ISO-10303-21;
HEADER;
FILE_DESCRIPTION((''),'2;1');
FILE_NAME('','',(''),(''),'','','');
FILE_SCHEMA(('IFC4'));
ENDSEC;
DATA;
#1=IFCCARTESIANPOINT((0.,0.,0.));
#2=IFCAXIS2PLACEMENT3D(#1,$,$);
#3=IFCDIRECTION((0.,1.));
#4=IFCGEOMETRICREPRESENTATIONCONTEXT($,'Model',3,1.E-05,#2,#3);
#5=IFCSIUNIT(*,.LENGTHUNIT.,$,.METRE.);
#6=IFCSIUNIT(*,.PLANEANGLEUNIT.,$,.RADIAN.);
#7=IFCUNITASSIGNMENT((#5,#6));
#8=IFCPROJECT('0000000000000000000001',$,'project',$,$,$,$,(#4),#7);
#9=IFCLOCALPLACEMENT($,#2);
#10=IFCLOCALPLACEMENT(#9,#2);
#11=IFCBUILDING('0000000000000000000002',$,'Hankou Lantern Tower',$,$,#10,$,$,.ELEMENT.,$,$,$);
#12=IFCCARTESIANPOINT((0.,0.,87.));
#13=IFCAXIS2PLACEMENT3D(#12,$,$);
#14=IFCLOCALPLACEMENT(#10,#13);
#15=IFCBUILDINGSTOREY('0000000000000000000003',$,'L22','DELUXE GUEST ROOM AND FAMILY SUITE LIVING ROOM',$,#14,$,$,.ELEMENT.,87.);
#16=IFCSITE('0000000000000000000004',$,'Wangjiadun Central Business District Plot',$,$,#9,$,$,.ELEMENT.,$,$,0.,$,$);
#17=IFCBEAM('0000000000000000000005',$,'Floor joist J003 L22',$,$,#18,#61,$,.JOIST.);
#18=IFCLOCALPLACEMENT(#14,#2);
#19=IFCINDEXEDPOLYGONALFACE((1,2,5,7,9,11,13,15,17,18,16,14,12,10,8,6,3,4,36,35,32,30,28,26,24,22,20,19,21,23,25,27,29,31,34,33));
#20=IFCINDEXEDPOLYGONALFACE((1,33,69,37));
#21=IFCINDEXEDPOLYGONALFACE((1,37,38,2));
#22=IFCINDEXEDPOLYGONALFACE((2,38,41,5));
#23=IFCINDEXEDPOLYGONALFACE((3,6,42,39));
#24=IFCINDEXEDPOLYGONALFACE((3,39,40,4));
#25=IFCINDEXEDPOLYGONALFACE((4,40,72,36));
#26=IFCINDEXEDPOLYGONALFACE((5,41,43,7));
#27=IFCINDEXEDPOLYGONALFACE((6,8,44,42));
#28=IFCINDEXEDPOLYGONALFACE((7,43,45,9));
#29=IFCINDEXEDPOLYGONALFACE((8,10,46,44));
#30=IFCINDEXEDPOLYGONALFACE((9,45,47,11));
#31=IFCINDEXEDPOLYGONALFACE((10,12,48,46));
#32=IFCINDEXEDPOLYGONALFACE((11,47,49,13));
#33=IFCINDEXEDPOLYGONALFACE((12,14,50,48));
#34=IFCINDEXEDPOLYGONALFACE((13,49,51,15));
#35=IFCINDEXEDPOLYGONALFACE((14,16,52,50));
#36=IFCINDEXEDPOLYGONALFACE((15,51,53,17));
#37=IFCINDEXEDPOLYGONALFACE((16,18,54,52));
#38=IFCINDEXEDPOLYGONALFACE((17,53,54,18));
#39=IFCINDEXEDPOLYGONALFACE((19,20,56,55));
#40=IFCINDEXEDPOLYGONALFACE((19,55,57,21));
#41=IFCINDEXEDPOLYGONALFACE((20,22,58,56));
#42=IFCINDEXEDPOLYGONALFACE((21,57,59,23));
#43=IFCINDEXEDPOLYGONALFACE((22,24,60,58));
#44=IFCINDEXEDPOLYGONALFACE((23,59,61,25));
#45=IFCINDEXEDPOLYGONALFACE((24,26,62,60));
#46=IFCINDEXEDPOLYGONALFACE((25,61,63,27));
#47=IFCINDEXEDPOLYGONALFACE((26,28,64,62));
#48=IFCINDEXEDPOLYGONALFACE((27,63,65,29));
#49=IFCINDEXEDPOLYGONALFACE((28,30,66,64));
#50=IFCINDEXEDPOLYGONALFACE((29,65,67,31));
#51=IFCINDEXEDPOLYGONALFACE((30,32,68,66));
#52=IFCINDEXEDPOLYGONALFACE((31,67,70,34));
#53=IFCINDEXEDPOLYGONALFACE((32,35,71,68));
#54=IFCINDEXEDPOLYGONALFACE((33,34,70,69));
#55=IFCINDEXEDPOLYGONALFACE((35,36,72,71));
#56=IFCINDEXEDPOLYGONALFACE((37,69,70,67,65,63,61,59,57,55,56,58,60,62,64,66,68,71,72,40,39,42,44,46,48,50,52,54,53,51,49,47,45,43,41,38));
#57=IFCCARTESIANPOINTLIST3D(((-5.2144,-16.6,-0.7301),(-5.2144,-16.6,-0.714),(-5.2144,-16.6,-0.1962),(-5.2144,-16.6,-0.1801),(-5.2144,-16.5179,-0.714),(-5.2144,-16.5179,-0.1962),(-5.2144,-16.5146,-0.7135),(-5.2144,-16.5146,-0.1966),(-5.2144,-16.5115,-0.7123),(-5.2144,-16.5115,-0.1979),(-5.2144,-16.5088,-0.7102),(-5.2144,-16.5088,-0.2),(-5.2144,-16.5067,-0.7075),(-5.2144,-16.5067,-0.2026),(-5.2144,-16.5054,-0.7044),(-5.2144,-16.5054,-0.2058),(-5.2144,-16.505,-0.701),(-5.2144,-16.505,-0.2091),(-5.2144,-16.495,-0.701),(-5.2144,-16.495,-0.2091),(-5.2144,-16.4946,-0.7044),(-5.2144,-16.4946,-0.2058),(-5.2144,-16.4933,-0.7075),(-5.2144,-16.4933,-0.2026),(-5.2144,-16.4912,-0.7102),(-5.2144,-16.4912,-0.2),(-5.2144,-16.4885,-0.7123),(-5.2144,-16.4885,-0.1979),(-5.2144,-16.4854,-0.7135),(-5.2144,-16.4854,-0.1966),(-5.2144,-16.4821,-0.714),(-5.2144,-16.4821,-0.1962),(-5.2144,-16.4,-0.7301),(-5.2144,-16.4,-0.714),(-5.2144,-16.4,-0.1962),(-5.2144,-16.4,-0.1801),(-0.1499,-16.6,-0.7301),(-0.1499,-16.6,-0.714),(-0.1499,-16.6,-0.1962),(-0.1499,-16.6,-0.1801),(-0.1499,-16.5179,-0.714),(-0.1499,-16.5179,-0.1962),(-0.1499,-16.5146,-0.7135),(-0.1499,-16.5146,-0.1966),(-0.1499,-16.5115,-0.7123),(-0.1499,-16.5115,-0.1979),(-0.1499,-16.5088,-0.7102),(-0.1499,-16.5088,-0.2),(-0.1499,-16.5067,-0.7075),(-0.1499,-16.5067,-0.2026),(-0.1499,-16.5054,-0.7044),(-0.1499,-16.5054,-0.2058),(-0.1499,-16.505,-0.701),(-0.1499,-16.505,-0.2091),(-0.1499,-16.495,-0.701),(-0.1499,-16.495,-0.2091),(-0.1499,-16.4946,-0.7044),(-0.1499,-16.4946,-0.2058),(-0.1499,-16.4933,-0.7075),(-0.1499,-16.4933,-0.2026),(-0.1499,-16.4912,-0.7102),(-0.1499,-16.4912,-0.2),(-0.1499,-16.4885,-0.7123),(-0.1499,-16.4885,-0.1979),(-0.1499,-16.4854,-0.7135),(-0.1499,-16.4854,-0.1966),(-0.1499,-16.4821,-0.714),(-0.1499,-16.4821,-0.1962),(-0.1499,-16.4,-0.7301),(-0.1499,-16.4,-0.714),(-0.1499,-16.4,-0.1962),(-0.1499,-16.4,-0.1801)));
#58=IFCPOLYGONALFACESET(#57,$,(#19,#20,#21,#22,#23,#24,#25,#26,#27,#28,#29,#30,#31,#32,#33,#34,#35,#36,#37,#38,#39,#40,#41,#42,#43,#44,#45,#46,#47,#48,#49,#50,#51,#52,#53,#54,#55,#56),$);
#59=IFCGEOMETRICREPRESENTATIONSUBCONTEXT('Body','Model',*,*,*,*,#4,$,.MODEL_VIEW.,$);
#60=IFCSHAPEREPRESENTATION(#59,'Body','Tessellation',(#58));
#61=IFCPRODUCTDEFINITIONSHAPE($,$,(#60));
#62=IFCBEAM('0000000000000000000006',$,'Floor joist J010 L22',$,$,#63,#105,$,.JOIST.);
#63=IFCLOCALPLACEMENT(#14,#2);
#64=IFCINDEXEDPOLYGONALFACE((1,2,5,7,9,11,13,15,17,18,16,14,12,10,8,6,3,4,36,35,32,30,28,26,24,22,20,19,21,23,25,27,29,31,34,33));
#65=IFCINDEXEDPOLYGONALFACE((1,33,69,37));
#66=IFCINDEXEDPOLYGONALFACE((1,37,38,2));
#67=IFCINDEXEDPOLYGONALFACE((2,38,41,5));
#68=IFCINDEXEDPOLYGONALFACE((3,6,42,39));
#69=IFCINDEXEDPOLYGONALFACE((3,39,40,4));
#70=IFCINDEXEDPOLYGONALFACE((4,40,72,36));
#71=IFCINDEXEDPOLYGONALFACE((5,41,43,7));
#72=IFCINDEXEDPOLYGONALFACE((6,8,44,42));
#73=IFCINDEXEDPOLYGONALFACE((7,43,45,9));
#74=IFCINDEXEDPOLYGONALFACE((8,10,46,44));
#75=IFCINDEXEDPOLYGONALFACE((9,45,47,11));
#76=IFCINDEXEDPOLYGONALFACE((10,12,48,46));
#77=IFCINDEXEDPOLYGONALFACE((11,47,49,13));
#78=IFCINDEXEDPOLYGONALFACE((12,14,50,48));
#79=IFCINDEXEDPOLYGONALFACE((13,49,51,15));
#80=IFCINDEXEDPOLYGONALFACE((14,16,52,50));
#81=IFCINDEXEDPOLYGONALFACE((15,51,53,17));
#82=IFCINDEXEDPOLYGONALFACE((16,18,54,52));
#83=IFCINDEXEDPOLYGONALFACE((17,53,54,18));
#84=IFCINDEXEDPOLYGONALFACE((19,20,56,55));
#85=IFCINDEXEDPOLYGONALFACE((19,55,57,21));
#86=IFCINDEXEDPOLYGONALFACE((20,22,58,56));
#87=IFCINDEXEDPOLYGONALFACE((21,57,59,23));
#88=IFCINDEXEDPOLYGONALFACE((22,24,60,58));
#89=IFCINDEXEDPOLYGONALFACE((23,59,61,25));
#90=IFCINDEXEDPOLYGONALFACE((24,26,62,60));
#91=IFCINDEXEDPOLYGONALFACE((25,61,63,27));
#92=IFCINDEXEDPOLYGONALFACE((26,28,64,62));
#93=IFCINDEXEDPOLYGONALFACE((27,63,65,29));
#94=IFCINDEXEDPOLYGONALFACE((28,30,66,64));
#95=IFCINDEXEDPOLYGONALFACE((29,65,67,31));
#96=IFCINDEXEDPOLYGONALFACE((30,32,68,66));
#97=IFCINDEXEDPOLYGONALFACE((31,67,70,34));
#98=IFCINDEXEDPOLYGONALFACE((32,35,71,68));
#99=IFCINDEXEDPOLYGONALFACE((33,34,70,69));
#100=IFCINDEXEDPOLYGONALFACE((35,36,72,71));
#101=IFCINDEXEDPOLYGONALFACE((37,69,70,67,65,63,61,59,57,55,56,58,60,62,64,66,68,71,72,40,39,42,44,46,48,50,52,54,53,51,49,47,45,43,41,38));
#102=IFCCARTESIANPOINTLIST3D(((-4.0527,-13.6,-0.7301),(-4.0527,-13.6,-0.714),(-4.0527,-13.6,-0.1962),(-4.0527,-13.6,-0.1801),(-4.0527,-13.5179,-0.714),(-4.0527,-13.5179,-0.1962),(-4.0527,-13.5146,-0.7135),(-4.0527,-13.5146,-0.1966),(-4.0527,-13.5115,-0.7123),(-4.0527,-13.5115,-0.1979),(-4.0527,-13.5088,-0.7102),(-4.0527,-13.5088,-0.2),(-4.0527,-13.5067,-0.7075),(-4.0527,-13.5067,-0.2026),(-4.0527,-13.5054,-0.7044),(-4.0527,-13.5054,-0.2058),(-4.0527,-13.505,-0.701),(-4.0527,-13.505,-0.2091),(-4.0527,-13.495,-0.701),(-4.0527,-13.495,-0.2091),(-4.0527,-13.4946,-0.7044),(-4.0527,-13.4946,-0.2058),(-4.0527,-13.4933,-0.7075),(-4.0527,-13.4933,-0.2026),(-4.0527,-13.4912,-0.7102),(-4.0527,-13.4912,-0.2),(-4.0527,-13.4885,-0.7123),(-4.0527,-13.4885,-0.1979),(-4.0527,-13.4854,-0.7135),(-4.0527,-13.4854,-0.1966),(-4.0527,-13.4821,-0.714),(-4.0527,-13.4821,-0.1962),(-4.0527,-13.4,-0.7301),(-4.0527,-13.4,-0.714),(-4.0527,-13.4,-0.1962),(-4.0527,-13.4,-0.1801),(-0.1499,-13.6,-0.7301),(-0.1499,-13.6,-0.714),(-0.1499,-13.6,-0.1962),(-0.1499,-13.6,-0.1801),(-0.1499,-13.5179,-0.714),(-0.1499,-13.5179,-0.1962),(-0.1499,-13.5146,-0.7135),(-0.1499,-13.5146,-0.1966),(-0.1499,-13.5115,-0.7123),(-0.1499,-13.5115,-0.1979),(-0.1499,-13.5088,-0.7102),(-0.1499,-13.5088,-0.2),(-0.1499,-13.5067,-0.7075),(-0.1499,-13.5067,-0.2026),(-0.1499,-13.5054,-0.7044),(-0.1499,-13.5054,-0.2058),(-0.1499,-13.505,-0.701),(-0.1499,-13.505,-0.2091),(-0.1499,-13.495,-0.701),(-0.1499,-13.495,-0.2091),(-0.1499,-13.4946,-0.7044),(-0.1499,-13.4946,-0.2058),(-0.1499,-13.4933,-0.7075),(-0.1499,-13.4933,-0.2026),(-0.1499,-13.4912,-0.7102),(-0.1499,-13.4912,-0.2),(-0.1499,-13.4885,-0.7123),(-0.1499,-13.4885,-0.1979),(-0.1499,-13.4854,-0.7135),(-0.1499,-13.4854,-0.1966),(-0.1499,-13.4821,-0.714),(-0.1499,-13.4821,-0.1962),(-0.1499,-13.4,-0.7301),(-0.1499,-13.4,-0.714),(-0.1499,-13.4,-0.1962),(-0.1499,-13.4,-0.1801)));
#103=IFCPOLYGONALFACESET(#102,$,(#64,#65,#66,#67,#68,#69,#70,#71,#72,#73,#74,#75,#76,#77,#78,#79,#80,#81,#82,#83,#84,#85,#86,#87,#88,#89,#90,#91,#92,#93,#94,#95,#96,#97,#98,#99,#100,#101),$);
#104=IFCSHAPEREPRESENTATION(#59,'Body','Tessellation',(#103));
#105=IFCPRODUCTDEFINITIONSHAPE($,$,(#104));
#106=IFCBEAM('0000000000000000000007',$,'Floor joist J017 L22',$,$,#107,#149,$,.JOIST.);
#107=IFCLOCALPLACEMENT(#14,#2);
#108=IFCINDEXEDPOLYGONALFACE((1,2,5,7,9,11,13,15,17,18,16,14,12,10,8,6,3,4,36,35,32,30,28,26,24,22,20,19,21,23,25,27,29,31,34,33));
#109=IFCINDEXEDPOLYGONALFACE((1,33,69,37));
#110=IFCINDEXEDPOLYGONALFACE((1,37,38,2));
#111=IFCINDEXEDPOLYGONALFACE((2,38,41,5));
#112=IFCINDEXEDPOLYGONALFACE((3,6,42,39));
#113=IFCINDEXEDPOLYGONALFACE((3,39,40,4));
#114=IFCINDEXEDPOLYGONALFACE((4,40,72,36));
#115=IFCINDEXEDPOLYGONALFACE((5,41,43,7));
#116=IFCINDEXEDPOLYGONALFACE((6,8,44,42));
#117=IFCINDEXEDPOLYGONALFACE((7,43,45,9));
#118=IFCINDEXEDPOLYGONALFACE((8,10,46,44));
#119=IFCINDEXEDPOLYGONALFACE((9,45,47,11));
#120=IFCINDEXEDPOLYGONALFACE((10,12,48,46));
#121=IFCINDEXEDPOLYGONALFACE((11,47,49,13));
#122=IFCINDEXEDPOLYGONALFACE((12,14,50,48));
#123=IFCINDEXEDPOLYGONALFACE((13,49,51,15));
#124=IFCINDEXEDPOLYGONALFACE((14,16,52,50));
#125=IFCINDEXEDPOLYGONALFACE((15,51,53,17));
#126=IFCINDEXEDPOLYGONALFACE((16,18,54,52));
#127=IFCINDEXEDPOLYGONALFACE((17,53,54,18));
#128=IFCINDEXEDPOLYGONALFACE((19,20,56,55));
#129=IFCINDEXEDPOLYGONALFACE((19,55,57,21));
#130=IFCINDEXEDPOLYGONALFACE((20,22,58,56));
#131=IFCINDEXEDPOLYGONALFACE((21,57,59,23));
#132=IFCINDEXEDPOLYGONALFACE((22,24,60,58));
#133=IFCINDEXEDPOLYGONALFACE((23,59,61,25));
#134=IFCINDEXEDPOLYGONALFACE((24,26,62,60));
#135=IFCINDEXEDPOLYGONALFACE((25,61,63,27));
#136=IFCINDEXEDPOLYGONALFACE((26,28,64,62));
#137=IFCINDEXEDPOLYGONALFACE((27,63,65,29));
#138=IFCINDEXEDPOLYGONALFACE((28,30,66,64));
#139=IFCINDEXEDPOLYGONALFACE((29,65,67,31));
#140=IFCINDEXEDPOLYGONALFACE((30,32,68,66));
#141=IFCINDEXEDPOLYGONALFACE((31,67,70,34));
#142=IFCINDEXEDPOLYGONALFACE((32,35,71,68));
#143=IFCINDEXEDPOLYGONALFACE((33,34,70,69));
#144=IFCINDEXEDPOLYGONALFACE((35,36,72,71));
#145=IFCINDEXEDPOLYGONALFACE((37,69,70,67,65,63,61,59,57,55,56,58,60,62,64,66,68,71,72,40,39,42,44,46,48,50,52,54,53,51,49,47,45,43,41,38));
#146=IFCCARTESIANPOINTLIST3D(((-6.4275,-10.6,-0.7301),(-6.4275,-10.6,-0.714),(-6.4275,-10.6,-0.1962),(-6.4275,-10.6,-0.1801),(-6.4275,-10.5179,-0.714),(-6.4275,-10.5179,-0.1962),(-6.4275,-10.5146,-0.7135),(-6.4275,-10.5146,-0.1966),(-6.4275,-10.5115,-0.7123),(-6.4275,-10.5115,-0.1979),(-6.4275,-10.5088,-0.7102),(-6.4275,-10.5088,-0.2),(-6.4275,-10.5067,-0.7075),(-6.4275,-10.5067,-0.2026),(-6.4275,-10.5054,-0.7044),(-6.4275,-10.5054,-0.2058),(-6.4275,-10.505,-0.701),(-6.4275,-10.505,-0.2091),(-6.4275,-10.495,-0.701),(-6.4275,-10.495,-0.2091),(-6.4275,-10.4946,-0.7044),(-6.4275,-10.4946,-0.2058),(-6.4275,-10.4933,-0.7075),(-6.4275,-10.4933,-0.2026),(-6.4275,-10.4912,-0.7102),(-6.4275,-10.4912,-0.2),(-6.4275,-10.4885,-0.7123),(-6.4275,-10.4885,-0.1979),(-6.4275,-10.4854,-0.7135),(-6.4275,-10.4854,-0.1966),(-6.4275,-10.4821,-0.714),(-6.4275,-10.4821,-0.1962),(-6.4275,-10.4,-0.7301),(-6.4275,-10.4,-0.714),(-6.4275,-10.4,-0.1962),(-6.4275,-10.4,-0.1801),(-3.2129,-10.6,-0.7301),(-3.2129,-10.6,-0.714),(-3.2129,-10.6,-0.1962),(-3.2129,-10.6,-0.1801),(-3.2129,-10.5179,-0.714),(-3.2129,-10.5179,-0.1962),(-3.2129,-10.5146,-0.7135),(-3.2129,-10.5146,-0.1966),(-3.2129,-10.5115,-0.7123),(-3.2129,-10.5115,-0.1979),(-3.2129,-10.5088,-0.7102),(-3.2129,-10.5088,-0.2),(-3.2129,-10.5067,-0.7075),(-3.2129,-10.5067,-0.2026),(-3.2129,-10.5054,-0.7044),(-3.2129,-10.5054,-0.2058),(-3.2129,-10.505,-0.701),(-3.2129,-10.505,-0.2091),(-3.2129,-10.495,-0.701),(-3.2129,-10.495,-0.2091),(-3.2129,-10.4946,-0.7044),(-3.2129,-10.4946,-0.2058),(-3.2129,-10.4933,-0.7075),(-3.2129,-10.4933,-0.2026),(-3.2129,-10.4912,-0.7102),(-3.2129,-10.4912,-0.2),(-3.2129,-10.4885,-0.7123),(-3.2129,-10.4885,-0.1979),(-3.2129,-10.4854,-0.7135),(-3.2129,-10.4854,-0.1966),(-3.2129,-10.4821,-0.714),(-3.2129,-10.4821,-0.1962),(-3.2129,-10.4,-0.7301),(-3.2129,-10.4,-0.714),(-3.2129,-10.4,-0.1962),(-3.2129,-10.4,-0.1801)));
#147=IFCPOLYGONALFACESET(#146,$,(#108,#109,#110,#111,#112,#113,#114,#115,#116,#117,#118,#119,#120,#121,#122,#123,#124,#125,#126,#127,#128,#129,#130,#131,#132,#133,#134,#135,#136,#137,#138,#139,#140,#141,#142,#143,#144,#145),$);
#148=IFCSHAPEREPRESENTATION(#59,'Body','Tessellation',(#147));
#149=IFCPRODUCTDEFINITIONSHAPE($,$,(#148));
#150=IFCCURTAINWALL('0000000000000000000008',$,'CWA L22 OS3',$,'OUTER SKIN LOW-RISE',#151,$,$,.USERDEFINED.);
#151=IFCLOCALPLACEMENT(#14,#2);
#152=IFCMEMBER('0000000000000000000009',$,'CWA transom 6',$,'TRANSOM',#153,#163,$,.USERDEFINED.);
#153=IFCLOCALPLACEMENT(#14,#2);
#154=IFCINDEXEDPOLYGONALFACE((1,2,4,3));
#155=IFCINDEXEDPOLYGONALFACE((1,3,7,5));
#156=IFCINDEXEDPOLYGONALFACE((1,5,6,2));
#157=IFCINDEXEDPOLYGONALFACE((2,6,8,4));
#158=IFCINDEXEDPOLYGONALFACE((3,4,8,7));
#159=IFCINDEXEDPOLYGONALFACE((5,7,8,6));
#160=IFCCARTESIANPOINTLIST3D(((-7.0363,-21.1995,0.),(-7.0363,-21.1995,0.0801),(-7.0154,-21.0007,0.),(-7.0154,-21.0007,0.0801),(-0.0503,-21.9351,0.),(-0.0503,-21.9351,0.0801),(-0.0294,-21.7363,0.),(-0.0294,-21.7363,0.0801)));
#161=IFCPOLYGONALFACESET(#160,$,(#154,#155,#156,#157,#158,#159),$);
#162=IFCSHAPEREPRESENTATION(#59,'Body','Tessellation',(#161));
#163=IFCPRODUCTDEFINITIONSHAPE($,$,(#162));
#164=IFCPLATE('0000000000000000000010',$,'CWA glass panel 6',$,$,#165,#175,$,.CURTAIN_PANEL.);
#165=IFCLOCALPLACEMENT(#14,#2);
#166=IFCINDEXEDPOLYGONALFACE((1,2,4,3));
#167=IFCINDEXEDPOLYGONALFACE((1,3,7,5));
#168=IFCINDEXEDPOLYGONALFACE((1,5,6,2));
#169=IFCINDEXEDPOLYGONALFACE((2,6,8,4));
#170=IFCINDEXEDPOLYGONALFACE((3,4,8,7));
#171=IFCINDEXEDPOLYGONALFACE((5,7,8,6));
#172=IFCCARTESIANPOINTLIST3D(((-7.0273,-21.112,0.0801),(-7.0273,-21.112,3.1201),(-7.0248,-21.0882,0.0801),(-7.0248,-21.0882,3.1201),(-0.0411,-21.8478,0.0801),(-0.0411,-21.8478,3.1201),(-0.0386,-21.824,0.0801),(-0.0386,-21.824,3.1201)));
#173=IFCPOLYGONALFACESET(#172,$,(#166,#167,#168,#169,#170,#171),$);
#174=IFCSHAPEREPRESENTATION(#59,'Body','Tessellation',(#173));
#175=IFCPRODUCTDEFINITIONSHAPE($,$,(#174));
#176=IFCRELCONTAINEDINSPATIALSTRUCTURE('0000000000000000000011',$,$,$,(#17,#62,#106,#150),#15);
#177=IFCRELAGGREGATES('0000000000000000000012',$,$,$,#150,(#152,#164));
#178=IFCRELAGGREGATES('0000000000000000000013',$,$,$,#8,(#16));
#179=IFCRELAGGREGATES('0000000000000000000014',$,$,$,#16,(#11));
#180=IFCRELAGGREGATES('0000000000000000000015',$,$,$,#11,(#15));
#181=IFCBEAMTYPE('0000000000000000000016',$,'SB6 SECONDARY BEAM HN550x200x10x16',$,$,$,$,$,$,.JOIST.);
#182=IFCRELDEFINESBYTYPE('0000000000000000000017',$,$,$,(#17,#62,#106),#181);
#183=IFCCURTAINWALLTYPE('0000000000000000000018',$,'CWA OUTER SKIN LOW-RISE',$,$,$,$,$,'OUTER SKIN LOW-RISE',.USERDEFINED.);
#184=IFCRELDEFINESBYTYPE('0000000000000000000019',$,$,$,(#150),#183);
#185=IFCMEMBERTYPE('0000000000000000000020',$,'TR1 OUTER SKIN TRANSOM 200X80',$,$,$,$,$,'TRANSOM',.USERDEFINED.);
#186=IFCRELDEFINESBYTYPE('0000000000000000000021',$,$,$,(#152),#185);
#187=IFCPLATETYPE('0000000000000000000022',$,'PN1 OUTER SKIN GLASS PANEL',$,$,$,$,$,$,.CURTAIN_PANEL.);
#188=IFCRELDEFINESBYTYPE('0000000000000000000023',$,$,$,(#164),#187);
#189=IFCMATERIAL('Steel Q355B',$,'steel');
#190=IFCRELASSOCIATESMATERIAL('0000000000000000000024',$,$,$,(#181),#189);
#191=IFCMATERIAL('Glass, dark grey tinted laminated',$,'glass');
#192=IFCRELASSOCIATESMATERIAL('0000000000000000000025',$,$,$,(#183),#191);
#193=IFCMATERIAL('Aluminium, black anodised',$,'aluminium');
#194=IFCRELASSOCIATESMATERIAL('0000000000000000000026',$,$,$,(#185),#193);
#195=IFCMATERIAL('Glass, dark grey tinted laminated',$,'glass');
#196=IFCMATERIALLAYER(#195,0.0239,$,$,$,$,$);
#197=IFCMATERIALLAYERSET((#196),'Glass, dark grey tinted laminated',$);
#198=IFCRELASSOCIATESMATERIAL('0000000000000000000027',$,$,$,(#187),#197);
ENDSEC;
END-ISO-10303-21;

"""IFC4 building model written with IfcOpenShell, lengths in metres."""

from ifc_helpers import new_model, si_unit, direction, frame, origin, origin_2d, place, context, subcontext, project, spatial, rectangle, i_section, extrude, material, layer, layer_set, material_profile, profile_set, type_object, element, aggregate, save


model = new_model("IFC4")

# Units and contexts
model_context = context("Model", 3, precision=1e-05, world=origin(), true_north=direction((0.0, 1.0)))
body_context = subcontext(model_context, "Body", "Model", "MODEL_VIEW")
ifc_project = project(units=[si_unit("LENGTHUNIT", "METRE"), si_unit("PLANEANGLEUNIT", "RADIAN")], contexts=[model_context])

# Site, building, storey
site_placement = place(None, origin())
site = spatial("IfcSite", under=ifc_project, at=site_placement, Name="Wangjiadun Central Business District Plot", CompositionType="ELEMENT", RefElevation=0.0)
building_placement = place(site_placement, origin())
building = spatial("IfcBuilding", under=site, at=building_placement, Name="Hankou Lantern Tower", CompositionType="ELEMENT")
storey_placement = place(building_placement, frame((0.0, 0.0, 87.0)))
storey = spatial("IfcBuildingStorey", under=building, at=storey_placement, Name="L22", Description="DELUXE GUEST ROOM AND FAMILY SUITE LIVING ROOM", CompositionType="ELEMENT", Elevation=87.0)

# Beams
ifc_material_1 = material(Name="Steel Q355B", Category="steel")
ifc_material_profile_1 = material_profile(ifc_material_1, i_section(OverallWidth=0.2, OverallDepth=0.55, WebThickness=0.01, FlangeThickness=0.0161, FilletRadius=0.0129, at=origin_2d()), Name="HN550x200x10x16")
ifc_profile_set_1 = profile_set([ifc_material_profile_1], Name="Steel Q355B")
beam_type_1 = type_object("IfcBeamType", Name="SB6 SECONDARY BEAM HN550x200x10x16", PredefinedType="JOIST", material=ifc_profile_set_1)
beam_1_placement = place(storey_placement, frame((-5.2144, -16.5, -0.4551), z_axis=(1.0, 0.0, 0.0), x_axis=(0.0, 1.0, 0.0)))
element("IfcBeam", 1, at=beam_1_placement, inside=storey, type_object=beam_type_1, Name="Floor joist J003 L22", PredefinedType="JOIST", context=body_context, shape_type="SweptSolid", body=[
    extrude(i_section(OverallWidth=0.2, OverallDepth=0.55, WebThickness=0.01, FlangeThickness=0.0161, FilletRadius=0.0129, at=origin_2d()), origin(), (0.0, 0.0, 1.0), 5.0645),
])
beam_2_placement = place(storey_placement, frame((-4.0527, -13.5, -0.4551), z_axis=(1.0, 0.0, 0.0), x_axis=(0.0, 1.0, 0.0)))
element("IfcBeam", 2, at=beam_2_placement, inside=storey, type_object=beam_type_1, Name="Floor joist J010 L22", PredefinedType="JOIST", context=body_context, shape_type="SweptSolid", body=[
    extrude(i_section(OverallWidth=0.2, OverallDepth=0.55, WebThickness=0.01, FlangeThickness=0.0161, FilletRadius=0.0129, at=origin_2d()), origin(), (0.0, 0.0, 1.0), 3.9028),
])
beam_3_placement = place(storey_placement, frame((-6.4275, -10.5, -0.4551), z_axis=(1.0, 0.0, 0.0), x_axis=(0.0, 1.0, 0.0)))
element("IfcBeam", 3, at=beam_3_placement, inside=storey, type_object=beam_type_1, Name="Floor joist J017 L22", PredefinedType="JOIST", context=body_context, shape_type="SweptSolid", body=[
    extrude(i_section(OverallWidth=0.2, OverallDepth=0.55, WebThickness=0.01, FlangeThickness=0.0161, FilletRadius=0.0129, at=origin_2d()), origin(), (0.0, 0.0, 1.0), 3.2146),
])

# Curtain wall, member, plate
ifc_material_2 = material(Name="Glass, dark grey tinted laminated", Category="glass")
curtain_wall_type = type_object("IfcCurtainWallType", Name="CWA OUTER SKIN LOW-RISE", ElementType="OUTER SKIN LOW-RISE", PredefinedType="USERDEFINED", material=ifc_material_2)
curtain_wall_placement = place(storey_placement, origin())
curtain_wall = element("IfcCurtainWall", 4, at=curtain_wall_placement, inside=storey, type_object=curtain_wall_type, Name="CWA L22 OS3", ObjectType="OUTER SKIN LOW-RISE", PredefinedType="USERDEFINED")
ifc_material_3 = material(Name="Aluminium, black anodised", Category="aluminium")
ifc_material_profile_2 = material_profile(ifc_material_3, rectangle(XDim=0.2, YDim=0.0801, at=origin_2d()), Name="TR1 200X80")
ifc_profile_set_2 = profile_set([ifc_material_profile_2], Name="Aluminium, black anodised")
member_type = type_object("IfcMemberType", Name="TR1 OUTER SKIN TRANSOM 200X80", ElementType="TRANSOM", PredefinedType="USERDEFINED", material=ifc_profile_set_2)
member_placement = place(storey_placement, frame((-7.0259, -21.1001, 0.04), z_axis=(0.994502, -0.104716, 0.0), x_axis=(0.104716, 0.994502, 0.0)))
member = element("IfcMember", 5, at=member_placement, type_object=member_type, Name="CWA transom 6", ObjectType="TRANSOM", PredefinedType="USERDEFINED", context=body_context, shape_type="SweptSolid", body=[
    extrude(rectangle(XDim=0.2, YDim=0.0801, at=origin_2d()), origin(), (0.0, 0.0, 1.0), 7.0247),
])
ifc_material_4 = material(Name="Glass, dark grey tinted laminated", Category="glass")
ifc_layer_1 = layer(ifc_material_4, 0.0239)
ifc_layer_set_1 = layer_set([ifc_layer_1], Name="Glass, dark grey tinted laminated")
plate_type = type_object("IfcPlateType", Name="PN1 OUTER SKIN GLASS PANEL", PredefinedType="CURTAIN_PANEL", material=ifc_layer_set_1)
plate_placement = place(storey_placement, frame((-3.533, -21.468, 0.0801), z_axis=(0.0, 0.0, 1.0), x_axis=(0.994499, -0.104743, 0.0)))
plate = element("IfcPlate", 6, at=plate_placement, type_object=plate_type, Name="CWA glass panel 6", PredefinedType="CURTAIN_PANEL", context=body_context, shape_type="SweptSolid", body=[
    extrude(rectangle(XDim=7.0249, YDim=0.0239, at=origin_2d()), origin(), (0.0, 0.0, 1.0), 3.04),
])
aggregate(curtain_wall, [member, plate])

save(model, "model.ifc")
